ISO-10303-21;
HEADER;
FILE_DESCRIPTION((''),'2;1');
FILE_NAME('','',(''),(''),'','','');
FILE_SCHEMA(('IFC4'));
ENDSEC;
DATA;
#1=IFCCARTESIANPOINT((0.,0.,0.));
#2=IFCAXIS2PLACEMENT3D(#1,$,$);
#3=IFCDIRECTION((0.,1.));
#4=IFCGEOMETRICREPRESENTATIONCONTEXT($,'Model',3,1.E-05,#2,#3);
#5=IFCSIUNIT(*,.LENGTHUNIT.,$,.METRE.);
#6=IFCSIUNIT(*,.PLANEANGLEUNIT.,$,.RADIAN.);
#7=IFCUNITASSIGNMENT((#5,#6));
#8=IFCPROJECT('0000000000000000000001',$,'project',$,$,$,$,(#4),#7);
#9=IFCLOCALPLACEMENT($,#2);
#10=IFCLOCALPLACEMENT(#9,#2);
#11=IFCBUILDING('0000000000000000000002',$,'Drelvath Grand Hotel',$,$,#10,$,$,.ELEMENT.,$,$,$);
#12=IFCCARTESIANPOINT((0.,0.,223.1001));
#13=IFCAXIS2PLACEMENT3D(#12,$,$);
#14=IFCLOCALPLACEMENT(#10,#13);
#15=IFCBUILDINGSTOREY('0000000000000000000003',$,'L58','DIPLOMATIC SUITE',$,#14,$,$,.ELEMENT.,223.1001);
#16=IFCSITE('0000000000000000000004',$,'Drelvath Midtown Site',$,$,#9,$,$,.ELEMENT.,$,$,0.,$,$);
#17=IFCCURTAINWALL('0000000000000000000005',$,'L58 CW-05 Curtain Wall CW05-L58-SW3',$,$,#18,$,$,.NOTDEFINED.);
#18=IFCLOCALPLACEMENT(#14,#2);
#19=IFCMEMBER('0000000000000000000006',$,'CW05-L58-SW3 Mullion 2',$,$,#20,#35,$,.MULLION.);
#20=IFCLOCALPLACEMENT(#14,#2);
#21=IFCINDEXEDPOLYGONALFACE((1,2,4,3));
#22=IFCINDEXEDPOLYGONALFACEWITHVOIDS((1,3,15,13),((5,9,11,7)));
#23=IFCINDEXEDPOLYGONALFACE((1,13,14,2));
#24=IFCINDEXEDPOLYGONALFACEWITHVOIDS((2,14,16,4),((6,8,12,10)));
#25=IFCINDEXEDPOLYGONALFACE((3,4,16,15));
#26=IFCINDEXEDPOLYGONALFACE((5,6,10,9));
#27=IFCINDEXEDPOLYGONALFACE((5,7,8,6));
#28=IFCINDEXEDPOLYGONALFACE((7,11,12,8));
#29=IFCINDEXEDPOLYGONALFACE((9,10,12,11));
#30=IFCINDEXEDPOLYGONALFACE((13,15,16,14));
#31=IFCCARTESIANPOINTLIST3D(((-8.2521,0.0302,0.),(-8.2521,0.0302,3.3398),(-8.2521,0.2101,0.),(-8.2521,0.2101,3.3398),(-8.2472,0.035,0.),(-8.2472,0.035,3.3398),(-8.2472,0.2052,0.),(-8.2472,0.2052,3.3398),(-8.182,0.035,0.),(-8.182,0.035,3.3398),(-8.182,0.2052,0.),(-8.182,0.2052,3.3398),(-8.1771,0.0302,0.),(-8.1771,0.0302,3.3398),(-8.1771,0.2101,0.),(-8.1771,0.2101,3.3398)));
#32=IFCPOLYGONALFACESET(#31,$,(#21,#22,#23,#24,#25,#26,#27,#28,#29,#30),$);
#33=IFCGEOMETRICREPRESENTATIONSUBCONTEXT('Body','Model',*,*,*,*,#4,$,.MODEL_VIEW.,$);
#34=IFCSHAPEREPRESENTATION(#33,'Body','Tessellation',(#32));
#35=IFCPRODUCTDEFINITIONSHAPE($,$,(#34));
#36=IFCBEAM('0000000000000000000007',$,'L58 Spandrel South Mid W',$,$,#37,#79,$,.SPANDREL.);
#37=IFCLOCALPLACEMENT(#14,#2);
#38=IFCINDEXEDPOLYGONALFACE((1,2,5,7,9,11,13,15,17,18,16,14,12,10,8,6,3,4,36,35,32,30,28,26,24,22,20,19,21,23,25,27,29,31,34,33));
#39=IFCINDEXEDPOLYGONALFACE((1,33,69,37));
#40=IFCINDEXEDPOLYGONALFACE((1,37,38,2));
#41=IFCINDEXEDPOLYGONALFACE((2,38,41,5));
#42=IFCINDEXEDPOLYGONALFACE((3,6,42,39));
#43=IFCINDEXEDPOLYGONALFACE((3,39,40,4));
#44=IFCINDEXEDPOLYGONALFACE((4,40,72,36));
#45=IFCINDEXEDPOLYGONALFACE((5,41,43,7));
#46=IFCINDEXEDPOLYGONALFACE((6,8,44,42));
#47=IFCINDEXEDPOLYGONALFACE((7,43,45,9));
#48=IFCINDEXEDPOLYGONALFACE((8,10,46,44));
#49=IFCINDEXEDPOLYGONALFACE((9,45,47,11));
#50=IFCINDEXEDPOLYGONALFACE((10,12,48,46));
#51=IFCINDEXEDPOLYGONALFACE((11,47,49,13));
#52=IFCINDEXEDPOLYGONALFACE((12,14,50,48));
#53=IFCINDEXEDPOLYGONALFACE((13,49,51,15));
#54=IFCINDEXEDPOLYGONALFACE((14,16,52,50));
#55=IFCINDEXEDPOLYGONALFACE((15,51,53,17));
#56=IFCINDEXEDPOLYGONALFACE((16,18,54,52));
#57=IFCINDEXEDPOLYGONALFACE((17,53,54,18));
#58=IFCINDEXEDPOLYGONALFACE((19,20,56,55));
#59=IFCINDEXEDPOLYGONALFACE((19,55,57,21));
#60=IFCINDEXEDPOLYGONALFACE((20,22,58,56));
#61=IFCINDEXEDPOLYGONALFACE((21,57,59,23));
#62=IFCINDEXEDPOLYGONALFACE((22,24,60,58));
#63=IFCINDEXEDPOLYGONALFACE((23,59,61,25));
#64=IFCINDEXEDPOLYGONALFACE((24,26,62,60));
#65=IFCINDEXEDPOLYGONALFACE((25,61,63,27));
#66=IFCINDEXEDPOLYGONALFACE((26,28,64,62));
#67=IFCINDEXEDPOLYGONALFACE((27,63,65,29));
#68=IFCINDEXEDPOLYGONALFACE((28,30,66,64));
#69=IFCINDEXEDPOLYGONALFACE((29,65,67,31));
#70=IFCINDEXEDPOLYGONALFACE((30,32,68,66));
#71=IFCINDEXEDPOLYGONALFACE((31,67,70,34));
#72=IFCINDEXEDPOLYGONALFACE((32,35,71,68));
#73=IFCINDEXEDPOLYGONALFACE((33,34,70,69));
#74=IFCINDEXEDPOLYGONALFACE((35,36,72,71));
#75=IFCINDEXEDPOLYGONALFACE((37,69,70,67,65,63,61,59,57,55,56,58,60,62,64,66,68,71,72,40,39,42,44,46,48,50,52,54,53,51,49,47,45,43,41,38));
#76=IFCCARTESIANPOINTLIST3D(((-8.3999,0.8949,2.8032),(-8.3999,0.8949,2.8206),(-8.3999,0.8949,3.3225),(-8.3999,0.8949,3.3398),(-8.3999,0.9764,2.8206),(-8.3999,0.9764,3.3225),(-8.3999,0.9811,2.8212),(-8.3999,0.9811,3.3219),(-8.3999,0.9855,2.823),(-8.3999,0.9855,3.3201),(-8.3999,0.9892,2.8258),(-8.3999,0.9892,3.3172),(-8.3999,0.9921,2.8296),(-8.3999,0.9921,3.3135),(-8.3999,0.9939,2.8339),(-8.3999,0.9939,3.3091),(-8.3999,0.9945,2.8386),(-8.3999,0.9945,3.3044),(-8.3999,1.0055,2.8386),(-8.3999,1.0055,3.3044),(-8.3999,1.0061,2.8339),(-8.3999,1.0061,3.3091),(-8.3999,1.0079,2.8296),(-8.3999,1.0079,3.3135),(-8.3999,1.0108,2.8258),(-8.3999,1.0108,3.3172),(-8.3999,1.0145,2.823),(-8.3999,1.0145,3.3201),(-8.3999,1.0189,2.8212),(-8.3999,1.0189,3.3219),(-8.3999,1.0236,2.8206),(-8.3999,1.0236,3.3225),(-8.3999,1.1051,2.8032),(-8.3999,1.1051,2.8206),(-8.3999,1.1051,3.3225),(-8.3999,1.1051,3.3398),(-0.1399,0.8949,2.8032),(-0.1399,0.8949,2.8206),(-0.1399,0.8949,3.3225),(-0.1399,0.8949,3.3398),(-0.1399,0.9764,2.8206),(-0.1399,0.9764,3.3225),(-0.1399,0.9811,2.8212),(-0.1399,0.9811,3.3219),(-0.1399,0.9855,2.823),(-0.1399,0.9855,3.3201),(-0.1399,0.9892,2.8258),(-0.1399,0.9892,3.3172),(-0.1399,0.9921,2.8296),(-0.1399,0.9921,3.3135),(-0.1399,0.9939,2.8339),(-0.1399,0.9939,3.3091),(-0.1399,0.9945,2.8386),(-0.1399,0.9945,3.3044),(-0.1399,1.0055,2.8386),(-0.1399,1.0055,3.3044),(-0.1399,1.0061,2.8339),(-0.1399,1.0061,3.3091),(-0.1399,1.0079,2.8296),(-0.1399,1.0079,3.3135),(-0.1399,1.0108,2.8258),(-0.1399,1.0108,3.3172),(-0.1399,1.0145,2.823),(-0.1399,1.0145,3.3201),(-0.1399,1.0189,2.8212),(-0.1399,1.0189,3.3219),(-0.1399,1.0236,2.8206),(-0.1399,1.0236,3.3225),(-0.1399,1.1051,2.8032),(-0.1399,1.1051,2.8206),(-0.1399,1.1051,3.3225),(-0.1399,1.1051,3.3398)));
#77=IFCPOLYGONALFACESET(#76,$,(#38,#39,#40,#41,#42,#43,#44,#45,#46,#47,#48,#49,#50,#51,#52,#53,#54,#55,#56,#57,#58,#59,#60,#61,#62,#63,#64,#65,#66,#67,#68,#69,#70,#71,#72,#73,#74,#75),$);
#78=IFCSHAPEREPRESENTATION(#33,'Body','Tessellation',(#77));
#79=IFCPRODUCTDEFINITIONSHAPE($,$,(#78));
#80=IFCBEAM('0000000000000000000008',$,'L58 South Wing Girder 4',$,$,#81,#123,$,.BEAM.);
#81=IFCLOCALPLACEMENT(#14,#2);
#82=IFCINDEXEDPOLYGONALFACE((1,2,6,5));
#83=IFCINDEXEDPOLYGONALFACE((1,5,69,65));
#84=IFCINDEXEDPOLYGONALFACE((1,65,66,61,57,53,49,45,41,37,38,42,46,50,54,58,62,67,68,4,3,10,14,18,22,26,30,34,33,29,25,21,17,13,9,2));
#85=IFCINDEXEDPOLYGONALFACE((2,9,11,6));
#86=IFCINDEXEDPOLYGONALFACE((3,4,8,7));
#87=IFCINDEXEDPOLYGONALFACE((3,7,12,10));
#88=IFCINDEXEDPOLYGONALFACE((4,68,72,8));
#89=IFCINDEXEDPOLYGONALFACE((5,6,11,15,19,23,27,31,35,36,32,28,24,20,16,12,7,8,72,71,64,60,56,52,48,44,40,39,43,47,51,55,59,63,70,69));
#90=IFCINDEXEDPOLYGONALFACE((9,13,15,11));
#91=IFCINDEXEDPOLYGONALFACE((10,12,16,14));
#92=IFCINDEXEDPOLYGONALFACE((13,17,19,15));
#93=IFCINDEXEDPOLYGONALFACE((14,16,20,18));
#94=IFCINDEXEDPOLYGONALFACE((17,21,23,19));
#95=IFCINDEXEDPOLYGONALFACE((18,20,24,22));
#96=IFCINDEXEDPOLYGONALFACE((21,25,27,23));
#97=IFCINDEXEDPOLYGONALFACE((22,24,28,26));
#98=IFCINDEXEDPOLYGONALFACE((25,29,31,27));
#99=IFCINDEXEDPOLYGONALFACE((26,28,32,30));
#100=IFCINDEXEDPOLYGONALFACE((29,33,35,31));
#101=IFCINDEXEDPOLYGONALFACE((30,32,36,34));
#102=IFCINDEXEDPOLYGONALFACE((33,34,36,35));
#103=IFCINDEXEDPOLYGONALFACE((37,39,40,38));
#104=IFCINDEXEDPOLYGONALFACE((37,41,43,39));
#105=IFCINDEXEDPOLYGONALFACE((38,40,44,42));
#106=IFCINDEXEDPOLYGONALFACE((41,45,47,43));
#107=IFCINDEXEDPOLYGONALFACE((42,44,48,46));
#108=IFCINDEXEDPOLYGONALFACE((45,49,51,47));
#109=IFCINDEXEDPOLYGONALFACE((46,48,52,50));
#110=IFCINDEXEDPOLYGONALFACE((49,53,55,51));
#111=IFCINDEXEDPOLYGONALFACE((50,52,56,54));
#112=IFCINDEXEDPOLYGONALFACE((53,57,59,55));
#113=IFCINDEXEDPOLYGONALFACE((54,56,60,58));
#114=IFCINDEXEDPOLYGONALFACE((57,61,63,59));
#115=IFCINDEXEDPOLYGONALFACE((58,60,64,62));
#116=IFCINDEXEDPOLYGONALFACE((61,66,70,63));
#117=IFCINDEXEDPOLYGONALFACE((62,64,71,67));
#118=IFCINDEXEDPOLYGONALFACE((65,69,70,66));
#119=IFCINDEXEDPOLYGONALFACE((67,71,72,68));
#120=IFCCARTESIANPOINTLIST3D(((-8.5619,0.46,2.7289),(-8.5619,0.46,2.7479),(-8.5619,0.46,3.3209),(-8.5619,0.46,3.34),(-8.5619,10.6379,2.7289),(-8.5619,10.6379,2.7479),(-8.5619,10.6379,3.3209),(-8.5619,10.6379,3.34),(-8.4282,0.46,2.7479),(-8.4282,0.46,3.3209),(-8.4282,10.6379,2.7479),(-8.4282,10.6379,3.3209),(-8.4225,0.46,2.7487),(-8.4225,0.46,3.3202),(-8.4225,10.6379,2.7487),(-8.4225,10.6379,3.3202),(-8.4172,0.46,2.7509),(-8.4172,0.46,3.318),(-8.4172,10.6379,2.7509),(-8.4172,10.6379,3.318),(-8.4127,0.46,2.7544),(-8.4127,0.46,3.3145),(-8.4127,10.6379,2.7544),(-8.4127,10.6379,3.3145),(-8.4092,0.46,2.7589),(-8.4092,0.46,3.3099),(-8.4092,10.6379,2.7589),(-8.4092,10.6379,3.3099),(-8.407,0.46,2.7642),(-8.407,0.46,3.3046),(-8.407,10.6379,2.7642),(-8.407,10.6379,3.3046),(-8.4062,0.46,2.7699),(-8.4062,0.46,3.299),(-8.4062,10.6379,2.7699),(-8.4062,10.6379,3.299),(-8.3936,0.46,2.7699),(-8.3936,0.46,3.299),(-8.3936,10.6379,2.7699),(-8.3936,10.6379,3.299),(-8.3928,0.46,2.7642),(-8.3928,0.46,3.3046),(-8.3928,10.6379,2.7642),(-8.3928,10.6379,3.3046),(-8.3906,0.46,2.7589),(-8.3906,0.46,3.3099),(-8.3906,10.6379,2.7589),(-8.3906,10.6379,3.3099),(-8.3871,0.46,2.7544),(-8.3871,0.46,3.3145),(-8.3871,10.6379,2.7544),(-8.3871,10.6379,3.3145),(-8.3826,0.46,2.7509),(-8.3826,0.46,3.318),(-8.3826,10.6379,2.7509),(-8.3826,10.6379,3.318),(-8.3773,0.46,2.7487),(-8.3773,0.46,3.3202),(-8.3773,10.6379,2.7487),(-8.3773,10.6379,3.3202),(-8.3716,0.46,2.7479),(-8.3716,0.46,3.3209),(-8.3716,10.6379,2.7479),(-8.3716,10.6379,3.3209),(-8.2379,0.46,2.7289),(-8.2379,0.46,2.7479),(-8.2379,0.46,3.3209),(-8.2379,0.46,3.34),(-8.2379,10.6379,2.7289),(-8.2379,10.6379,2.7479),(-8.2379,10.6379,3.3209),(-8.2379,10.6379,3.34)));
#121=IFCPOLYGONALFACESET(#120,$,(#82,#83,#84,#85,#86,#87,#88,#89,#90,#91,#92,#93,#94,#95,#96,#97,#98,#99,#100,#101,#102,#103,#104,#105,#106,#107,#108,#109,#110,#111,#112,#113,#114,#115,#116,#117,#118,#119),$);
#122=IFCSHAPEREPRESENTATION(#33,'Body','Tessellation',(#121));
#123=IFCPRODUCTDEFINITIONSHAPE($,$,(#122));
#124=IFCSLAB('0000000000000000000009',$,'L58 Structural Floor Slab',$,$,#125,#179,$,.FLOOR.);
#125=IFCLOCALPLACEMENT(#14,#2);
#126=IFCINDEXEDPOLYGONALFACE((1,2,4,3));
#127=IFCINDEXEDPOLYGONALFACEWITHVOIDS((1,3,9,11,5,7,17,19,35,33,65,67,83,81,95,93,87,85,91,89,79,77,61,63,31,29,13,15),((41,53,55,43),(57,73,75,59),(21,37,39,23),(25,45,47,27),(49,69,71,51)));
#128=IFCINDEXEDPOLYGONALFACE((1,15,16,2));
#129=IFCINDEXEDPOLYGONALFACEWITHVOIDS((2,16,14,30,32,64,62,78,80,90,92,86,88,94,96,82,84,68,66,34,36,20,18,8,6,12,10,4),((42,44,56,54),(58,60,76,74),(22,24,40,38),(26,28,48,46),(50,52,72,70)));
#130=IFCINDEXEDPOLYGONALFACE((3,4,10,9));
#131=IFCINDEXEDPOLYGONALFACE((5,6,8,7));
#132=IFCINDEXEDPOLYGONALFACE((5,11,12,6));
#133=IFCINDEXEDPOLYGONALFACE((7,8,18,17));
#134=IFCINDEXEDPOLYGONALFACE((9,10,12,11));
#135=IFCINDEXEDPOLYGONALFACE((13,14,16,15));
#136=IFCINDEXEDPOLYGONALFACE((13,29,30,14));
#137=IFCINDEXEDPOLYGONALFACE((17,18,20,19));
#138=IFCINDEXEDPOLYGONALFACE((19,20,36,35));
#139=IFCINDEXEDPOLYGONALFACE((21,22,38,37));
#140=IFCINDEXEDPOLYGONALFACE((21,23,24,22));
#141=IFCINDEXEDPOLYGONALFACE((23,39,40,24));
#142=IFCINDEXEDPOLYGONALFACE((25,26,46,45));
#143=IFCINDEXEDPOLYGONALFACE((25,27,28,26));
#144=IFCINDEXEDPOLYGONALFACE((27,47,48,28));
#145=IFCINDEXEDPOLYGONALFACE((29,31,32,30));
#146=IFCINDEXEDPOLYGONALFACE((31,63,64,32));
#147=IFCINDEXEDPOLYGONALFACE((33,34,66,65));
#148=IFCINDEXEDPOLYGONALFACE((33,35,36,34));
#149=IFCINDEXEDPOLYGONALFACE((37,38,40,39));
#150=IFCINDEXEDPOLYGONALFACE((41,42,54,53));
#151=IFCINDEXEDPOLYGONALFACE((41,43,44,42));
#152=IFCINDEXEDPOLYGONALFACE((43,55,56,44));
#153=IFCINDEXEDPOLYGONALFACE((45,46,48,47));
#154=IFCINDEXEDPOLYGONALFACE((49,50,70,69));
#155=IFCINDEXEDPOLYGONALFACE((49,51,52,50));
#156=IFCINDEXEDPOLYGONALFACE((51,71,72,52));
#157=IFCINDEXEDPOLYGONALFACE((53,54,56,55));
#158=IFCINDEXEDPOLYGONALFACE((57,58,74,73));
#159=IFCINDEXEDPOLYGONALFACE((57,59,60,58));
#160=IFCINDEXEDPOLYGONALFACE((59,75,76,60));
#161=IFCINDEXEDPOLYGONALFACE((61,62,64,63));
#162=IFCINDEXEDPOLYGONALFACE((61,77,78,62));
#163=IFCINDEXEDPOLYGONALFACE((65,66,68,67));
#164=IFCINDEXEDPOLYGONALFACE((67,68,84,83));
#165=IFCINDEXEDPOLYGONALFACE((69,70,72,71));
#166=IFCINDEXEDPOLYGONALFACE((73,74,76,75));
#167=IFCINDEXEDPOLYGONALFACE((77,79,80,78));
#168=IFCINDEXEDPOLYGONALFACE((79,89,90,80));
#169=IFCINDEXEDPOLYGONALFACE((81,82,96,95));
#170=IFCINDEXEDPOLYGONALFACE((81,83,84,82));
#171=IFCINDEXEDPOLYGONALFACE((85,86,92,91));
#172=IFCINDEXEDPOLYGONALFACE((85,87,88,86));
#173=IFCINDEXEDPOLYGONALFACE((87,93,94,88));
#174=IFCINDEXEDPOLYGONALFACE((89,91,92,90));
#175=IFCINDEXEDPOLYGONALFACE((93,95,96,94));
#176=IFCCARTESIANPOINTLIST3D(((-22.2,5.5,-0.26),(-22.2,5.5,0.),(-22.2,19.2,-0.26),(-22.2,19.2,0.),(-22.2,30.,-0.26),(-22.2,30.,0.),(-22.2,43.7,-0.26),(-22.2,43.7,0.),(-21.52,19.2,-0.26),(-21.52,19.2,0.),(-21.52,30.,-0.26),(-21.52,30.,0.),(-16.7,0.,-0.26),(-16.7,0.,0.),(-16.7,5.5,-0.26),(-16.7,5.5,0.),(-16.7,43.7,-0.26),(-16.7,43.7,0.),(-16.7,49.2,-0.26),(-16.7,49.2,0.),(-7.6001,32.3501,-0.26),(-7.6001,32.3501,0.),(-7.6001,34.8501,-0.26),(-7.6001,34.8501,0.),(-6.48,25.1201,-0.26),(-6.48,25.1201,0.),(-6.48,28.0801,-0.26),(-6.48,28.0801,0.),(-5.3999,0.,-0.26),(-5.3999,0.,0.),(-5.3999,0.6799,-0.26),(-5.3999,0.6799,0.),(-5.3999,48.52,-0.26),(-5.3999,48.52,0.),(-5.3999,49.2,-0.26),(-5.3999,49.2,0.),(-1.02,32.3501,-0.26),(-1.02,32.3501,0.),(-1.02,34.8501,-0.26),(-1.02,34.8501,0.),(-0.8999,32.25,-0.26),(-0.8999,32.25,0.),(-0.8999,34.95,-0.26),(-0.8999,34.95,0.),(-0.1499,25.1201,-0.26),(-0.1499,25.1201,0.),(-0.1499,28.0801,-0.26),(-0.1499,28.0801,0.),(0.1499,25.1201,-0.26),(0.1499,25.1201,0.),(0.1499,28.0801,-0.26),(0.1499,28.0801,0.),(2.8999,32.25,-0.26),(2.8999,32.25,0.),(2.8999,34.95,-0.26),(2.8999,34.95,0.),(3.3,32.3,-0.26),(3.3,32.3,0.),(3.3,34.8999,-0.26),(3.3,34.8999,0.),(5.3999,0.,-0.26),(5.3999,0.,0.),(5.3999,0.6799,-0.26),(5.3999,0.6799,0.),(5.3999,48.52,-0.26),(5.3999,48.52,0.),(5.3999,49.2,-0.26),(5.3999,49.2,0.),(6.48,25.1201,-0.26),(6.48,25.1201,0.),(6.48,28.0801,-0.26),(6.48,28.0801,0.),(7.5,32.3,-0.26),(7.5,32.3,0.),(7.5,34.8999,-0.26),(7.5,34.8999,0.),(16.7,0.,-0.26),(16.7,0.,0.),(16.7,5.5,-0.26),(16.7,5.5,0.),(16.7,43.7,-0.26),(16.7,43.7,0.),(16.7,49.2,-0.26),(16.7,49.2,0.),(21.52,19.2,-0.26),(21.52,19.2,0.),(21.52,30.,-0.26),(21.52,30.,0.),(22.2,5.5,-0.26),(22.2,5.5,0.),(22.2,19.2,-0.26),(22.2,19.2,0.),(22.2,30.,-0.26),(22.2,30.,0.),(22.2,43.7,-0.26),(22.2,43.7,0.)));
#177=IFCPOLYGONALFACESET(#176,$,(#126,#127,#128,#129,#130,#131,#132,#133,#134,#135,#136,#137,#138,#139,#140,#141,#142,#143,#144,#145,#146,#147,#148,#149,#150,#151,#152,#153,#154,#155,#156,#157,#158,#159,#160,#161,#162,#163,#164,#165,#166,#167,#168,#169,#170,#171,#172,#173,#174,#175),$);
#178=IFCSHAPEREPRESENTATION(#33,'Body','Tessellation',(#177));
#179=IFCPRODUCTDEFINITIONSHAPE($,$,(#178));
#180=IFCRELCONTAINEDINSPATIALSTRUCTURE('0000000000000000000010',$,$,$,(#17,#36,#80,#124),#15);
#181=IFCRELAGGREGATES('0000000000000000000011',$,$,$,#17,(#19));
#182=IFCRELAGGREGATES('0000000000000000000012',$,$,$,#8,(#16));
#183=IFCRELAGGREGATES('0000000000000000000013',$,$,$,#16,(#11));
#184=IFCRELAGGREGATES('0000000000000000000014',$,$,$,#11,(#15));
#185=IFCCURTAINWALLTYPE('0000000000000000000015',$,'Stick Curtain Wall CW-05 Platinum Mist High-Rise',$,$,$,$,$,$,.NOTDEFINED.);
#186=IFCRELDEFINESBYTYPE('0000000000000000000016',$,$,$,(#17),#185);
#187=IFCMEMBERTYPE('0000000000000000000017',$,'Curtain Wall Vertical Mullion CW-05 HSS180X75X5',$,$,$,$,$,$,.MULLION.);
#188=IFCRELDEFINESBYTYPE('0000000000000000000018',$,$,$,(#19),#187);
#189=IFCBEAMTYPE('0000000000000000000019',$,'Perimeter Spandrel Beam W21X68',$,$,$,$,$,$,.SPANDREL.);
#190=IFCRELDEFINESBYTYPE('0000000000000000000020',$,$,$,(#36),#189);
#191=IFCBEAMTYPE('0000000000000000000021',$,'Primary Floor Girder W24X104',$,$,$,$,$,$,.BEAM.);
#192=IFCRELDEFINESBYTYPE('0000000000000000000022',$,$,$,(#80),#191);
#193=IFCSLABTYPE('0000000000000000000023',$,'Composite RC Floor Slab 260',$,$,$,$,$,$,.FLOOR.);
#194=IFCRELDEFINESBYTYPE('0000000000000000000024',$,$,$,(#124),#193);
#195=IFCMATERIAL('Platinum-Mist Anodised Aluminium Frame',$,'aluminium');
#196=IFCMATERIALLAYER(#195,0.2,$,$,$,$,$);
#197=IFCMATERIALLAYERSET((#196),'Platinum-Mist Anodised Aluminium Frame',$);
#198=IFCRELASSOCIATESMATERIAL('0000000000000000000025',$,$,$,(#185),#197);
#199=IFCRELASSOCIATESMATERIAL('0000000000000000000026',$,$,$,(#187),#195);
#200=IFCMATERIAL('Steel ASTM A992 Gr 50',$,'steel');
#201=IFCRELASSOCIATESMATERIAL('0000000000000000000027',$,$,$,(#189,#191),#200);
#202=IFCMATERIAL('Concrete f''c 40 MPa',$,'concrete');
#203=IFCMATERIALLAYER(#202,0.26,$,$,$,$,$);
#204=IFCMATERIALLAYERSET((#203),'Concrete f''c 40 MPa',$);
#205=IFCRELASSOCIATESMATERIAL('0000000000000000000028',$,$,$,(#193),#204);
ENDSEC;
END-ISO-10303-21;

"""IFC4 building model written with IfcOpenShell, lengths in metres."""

from ifc_helpers import new_model, si_unit, direction, frame, origin, origin_2d, place, context, subcontext, project, spatial, polyline, hollow_rectangle, i_section, outline, extrude, material, layer, layer_set, material_profile, profile_set, type_object, element, aggregate, save


model = new_model("IFC4")

# Units and contexts
model_context = context("Model", 3, precision=1e-05, world=origin(), true_north=direction((0.0, 1.0)))
body_context = subcontext(model_context, "Body", "Model", "MODEL_VIEW")
ifc_project = project(units=[si_unit("LENGTHUNIT", "METRE"), si_unit("PLANEANGLEUNIT", "RADIAN")], contexts=[model_context])

# Site, building, storey
site_placement = place(None, origin())
site = spatial("IfcSite", under=ifc_project, at=site_placement, Name="Drelvath Midtown Site", CompositionType="ELEMENT", RefElevation=0.0)
building_placement = place(site_placement, origin())
building = spatial("IfcBuilding", under=site, at=building_placement, Name="Drelvath Grand Hotel", CompositionType="ELEMENT")
storey_placement = place(building_placement, frame((0.0, 0.0, 223.1001)))
storey = spatial("IfcBuildingStorey", under=building, at=storey_placement, Name="L58", Description="DIPLOMATIC SUITE", CompositionType="ELEMENT", Elevation=223.1001)

# Curtain wall
ifc_material_1 = material(Name="Platinum-Mist Anodised Aluminium Frame", Category="aluminium")
ifc_layer_1 = layer(ifc_material_1, 0.2)
ifc_layer_set_1 = layer_set([ifc_layer_1], Name="Platinum-Mist Anodised Aluminium Frame")
curtain_wall_type = type_object("IfcCurtainWallType", Name="Stick Curtain Wall CW-05 Platinum Mist High-Rise", PredefinedType="NOTDEFINED", material=ifc_layer_set_1)
curtain_wall_1_placement = place(storey_placement, origin())
curtain_wall_1 = element("IfcCurtainWall", 1, at=curtain_wall_1_placement, inside=storey, type_object=curtain_wall_type, Name="L58 CW-05 Curtain Wall CW05-L58-SW3", PredefinedType="NOTDEFINED")

# Member
ifc_material_profile_1 = material_profile(ifc_material_1, hollow_rectangle(XDim=0.075, YDim=0.1799, WallThickness=0.0049, at=origin_2d()), Name="HSS180X75X5")
ifc_profile_set_1 = profile_set([ifc_material_profile_1], Name="Platinum-Mist Anodised Aluminium Frame")
member_type_1 = type_object("IfcMemberType", Name="Curtain Wall Vertical Mullion CW-05 HSS180X75X5", PredefinedType="MULLION", material=ifc_profile_set_1)
member_1_placement = place(storey_placement, frame((-8.2146, 0.1201, 0.0), z_axis=(0.0, 0.0, 1.0), x_axis=(1.0, 0.0, 0.0)))
member_1 = element("IfcMember", 2, at=member_1_placement, type_object=member_type_1, Name="CW05-L58-SW3 Mullion 2", PredefinedType="MULLION", context=body_context, shape_type="SweptSolid", body=[
    extrude(hollow_rectangle(XDim=0.075, YDim=0.1799, WallThickness=0.0049, at=origin_2d()), origin(), (0.0, 0.0, 1.0), 3.3398),
])

# Beams
ifc_material_2 = material(Name="Steel ASTM A992 Gr 50", Category="steel")
ifc_material_profile_2 = material_profile(ifc_material_2, i_section(OverallWidth=0.2102, OverallDepth=0.5366, WebThickness=0.011, FlangeThickness=0.0173, FilletRadius=0.0181, at=origin_2d()), Name="W21X68")
ifc_profile_set_2 = profile_set([ifc_material_profile_2], Name="Steel ASTM A992 Gr 50")
beam_type_1 = type_object("IfcBeamType", Name="Perimeter Spandrel Beam W21X68", PredefinedType="SPANDREL", material=ifc_profile_set_2)
beam_1_placement = place(storey_placement, frame((-8.3999, 1.0, 3.0715), z_axis=(1.0, 0.0, 0.0), x_axis=(0.0, 1.0, 0.0)))
element("IfcBeam", 3, at=beam_1_placement, inside=storey, type_object=beam_type_1, Name="L58 Spandrel South Mid W", PredefinedType="SPANDREL", context=body_context, shape_type="SweptSolid", body=[
    extrude(i_section(OverallWidth=0.2102, OverallDepth=0.5366, WebThickness=0.011, FlangeThickness=0.0173, FilletRadius=0.0181, at=origin_2d()), origin(), (0.0, 0.0, 1.0), 8.26),
])
ifc_material_profile_3 = material_profile(ifc_material_2, i_section(OverallWidth=0.324, OverallDepth=0.6111, WebThickness=0.0127, FlangeThickness=0.019, FilletRadius=0.022, at=origin_2d()), Name="W24X104")
ifc_profile_set_3 = profile_set([ifc_material_profile_3], Name="Steel ASTM A992 Gr 50")
beam_type_2 = type_object("IfcBeamType", Name="Primary Floor Girder W24X104", PredefinedType="BEAM", material=ifc_profile_set_3)
beam_2_placement = place(storey_placement, frame((-8.3999, 0.46, 3.0344), z_axis=(0.0, 1.0, 0.0), x_axis=(-1.0, 0.0, 0.0)))
element("IfcBeam", 4, at=beam_2_placement, inside=storey, type_object=beam_type_2, Name="L58 South Wing Girder 4", PredefinedType="BEAM", context=body_context, shape_type="SweptSolid", body=[
    extrude(i_section(OverallWidth=0.324, OverallDepth=0.6111, WebThickness=0.0127, FlangeThickness=0.019, FilletRadius=0.022, at=origin_2d()), origin(), (0.0, 0.0, 1.0), 10.178),
])

# Slab
ifc_material_3 = material(Name="Concrete f'c 40 MPa", Category="concrete")
ifc_layer_2 = layer(ifc_material_3, 0.26)
ifc_layer_set_2 = layer_set([ifc_layer_2], Name="Concrete f'c 40 MPa")
slab_type = type_object("IfcSlabType", Name="Composite RC Floor Slab 260", PredefinedType="FLOOR", material=ifc_layer_set_2)
slab_placement = place(storey_placement, frame((0.0, 0.0, -0.26)))
element("IfcSlab", 5, at=slab_placement, inside=storey, type_object=slab_type, Name="L58 Structural Floor Slab", PredefinedType="FLOOR", context=body_context, shape_type="SweptSolid", body=[
    extrude(outline(polyline([(-16.7, 0.0), (-5.3999, 0.0), (-5.3999, 0.6799), (5.3999, 0.6799), (5.3999, 0.0), (16.7, 0.0), (16.7, 5.5), (22.2, 5.5), (22.2, 19.2), (21.52, 19.2), (21.52, 30.0), (22.2, 30.0), (22.2, 43.7), (16.7, 43.7), (16.7, 49.2), (5.3999, 49.2), (5.3999, 48.52), (-5.3999, 48.52), (-5.3999, 49.2), (-16.7, 49.2), (-16.7, 43.7), (-22.2, 43.7), (-22.2, 30.0), (-21.52, 30.0), (-21.52, 19.2), (-22.2, 19.2), (-22.2, 5.5), (-16.7, 5.5), (-16.7, 0.0)]), holes=[polyline([(-6.48, 25.1201), (-6.48, 28.0801), (-0.1499, 28.0801), (-0.1499, 25.1201), (-6.48, 25.1201)]), polyline([(0.1499, 25.1201), (0.1499, 28.0801), (6.48, 28.0801), (6.48, 25.1201), (0.1499, 25.1201)]), polyline([(-7.6001, 32.3501), (-7.6001, 34.8501), (-1.02, 34.8501), (-1.02, 32.3501), (-7.6001, 32.3501)]), polyline([(-0.8999, 32.25), (-0.8999, 34.95), (2.8999, 34.95), (2.8999, 32.25), (-0.8999, 32.25)]), polyline([(3.3, 32.3), (3.3, 34.8999), (7.5, 34.8999), (7.5, 32.3), (3.3, 32.3)])]), origin(), (0.0, 0.0, 1.0), 0.26),
])

aggregate(curtain_wall_1, [member_1])

save(model, "model.ifc")
